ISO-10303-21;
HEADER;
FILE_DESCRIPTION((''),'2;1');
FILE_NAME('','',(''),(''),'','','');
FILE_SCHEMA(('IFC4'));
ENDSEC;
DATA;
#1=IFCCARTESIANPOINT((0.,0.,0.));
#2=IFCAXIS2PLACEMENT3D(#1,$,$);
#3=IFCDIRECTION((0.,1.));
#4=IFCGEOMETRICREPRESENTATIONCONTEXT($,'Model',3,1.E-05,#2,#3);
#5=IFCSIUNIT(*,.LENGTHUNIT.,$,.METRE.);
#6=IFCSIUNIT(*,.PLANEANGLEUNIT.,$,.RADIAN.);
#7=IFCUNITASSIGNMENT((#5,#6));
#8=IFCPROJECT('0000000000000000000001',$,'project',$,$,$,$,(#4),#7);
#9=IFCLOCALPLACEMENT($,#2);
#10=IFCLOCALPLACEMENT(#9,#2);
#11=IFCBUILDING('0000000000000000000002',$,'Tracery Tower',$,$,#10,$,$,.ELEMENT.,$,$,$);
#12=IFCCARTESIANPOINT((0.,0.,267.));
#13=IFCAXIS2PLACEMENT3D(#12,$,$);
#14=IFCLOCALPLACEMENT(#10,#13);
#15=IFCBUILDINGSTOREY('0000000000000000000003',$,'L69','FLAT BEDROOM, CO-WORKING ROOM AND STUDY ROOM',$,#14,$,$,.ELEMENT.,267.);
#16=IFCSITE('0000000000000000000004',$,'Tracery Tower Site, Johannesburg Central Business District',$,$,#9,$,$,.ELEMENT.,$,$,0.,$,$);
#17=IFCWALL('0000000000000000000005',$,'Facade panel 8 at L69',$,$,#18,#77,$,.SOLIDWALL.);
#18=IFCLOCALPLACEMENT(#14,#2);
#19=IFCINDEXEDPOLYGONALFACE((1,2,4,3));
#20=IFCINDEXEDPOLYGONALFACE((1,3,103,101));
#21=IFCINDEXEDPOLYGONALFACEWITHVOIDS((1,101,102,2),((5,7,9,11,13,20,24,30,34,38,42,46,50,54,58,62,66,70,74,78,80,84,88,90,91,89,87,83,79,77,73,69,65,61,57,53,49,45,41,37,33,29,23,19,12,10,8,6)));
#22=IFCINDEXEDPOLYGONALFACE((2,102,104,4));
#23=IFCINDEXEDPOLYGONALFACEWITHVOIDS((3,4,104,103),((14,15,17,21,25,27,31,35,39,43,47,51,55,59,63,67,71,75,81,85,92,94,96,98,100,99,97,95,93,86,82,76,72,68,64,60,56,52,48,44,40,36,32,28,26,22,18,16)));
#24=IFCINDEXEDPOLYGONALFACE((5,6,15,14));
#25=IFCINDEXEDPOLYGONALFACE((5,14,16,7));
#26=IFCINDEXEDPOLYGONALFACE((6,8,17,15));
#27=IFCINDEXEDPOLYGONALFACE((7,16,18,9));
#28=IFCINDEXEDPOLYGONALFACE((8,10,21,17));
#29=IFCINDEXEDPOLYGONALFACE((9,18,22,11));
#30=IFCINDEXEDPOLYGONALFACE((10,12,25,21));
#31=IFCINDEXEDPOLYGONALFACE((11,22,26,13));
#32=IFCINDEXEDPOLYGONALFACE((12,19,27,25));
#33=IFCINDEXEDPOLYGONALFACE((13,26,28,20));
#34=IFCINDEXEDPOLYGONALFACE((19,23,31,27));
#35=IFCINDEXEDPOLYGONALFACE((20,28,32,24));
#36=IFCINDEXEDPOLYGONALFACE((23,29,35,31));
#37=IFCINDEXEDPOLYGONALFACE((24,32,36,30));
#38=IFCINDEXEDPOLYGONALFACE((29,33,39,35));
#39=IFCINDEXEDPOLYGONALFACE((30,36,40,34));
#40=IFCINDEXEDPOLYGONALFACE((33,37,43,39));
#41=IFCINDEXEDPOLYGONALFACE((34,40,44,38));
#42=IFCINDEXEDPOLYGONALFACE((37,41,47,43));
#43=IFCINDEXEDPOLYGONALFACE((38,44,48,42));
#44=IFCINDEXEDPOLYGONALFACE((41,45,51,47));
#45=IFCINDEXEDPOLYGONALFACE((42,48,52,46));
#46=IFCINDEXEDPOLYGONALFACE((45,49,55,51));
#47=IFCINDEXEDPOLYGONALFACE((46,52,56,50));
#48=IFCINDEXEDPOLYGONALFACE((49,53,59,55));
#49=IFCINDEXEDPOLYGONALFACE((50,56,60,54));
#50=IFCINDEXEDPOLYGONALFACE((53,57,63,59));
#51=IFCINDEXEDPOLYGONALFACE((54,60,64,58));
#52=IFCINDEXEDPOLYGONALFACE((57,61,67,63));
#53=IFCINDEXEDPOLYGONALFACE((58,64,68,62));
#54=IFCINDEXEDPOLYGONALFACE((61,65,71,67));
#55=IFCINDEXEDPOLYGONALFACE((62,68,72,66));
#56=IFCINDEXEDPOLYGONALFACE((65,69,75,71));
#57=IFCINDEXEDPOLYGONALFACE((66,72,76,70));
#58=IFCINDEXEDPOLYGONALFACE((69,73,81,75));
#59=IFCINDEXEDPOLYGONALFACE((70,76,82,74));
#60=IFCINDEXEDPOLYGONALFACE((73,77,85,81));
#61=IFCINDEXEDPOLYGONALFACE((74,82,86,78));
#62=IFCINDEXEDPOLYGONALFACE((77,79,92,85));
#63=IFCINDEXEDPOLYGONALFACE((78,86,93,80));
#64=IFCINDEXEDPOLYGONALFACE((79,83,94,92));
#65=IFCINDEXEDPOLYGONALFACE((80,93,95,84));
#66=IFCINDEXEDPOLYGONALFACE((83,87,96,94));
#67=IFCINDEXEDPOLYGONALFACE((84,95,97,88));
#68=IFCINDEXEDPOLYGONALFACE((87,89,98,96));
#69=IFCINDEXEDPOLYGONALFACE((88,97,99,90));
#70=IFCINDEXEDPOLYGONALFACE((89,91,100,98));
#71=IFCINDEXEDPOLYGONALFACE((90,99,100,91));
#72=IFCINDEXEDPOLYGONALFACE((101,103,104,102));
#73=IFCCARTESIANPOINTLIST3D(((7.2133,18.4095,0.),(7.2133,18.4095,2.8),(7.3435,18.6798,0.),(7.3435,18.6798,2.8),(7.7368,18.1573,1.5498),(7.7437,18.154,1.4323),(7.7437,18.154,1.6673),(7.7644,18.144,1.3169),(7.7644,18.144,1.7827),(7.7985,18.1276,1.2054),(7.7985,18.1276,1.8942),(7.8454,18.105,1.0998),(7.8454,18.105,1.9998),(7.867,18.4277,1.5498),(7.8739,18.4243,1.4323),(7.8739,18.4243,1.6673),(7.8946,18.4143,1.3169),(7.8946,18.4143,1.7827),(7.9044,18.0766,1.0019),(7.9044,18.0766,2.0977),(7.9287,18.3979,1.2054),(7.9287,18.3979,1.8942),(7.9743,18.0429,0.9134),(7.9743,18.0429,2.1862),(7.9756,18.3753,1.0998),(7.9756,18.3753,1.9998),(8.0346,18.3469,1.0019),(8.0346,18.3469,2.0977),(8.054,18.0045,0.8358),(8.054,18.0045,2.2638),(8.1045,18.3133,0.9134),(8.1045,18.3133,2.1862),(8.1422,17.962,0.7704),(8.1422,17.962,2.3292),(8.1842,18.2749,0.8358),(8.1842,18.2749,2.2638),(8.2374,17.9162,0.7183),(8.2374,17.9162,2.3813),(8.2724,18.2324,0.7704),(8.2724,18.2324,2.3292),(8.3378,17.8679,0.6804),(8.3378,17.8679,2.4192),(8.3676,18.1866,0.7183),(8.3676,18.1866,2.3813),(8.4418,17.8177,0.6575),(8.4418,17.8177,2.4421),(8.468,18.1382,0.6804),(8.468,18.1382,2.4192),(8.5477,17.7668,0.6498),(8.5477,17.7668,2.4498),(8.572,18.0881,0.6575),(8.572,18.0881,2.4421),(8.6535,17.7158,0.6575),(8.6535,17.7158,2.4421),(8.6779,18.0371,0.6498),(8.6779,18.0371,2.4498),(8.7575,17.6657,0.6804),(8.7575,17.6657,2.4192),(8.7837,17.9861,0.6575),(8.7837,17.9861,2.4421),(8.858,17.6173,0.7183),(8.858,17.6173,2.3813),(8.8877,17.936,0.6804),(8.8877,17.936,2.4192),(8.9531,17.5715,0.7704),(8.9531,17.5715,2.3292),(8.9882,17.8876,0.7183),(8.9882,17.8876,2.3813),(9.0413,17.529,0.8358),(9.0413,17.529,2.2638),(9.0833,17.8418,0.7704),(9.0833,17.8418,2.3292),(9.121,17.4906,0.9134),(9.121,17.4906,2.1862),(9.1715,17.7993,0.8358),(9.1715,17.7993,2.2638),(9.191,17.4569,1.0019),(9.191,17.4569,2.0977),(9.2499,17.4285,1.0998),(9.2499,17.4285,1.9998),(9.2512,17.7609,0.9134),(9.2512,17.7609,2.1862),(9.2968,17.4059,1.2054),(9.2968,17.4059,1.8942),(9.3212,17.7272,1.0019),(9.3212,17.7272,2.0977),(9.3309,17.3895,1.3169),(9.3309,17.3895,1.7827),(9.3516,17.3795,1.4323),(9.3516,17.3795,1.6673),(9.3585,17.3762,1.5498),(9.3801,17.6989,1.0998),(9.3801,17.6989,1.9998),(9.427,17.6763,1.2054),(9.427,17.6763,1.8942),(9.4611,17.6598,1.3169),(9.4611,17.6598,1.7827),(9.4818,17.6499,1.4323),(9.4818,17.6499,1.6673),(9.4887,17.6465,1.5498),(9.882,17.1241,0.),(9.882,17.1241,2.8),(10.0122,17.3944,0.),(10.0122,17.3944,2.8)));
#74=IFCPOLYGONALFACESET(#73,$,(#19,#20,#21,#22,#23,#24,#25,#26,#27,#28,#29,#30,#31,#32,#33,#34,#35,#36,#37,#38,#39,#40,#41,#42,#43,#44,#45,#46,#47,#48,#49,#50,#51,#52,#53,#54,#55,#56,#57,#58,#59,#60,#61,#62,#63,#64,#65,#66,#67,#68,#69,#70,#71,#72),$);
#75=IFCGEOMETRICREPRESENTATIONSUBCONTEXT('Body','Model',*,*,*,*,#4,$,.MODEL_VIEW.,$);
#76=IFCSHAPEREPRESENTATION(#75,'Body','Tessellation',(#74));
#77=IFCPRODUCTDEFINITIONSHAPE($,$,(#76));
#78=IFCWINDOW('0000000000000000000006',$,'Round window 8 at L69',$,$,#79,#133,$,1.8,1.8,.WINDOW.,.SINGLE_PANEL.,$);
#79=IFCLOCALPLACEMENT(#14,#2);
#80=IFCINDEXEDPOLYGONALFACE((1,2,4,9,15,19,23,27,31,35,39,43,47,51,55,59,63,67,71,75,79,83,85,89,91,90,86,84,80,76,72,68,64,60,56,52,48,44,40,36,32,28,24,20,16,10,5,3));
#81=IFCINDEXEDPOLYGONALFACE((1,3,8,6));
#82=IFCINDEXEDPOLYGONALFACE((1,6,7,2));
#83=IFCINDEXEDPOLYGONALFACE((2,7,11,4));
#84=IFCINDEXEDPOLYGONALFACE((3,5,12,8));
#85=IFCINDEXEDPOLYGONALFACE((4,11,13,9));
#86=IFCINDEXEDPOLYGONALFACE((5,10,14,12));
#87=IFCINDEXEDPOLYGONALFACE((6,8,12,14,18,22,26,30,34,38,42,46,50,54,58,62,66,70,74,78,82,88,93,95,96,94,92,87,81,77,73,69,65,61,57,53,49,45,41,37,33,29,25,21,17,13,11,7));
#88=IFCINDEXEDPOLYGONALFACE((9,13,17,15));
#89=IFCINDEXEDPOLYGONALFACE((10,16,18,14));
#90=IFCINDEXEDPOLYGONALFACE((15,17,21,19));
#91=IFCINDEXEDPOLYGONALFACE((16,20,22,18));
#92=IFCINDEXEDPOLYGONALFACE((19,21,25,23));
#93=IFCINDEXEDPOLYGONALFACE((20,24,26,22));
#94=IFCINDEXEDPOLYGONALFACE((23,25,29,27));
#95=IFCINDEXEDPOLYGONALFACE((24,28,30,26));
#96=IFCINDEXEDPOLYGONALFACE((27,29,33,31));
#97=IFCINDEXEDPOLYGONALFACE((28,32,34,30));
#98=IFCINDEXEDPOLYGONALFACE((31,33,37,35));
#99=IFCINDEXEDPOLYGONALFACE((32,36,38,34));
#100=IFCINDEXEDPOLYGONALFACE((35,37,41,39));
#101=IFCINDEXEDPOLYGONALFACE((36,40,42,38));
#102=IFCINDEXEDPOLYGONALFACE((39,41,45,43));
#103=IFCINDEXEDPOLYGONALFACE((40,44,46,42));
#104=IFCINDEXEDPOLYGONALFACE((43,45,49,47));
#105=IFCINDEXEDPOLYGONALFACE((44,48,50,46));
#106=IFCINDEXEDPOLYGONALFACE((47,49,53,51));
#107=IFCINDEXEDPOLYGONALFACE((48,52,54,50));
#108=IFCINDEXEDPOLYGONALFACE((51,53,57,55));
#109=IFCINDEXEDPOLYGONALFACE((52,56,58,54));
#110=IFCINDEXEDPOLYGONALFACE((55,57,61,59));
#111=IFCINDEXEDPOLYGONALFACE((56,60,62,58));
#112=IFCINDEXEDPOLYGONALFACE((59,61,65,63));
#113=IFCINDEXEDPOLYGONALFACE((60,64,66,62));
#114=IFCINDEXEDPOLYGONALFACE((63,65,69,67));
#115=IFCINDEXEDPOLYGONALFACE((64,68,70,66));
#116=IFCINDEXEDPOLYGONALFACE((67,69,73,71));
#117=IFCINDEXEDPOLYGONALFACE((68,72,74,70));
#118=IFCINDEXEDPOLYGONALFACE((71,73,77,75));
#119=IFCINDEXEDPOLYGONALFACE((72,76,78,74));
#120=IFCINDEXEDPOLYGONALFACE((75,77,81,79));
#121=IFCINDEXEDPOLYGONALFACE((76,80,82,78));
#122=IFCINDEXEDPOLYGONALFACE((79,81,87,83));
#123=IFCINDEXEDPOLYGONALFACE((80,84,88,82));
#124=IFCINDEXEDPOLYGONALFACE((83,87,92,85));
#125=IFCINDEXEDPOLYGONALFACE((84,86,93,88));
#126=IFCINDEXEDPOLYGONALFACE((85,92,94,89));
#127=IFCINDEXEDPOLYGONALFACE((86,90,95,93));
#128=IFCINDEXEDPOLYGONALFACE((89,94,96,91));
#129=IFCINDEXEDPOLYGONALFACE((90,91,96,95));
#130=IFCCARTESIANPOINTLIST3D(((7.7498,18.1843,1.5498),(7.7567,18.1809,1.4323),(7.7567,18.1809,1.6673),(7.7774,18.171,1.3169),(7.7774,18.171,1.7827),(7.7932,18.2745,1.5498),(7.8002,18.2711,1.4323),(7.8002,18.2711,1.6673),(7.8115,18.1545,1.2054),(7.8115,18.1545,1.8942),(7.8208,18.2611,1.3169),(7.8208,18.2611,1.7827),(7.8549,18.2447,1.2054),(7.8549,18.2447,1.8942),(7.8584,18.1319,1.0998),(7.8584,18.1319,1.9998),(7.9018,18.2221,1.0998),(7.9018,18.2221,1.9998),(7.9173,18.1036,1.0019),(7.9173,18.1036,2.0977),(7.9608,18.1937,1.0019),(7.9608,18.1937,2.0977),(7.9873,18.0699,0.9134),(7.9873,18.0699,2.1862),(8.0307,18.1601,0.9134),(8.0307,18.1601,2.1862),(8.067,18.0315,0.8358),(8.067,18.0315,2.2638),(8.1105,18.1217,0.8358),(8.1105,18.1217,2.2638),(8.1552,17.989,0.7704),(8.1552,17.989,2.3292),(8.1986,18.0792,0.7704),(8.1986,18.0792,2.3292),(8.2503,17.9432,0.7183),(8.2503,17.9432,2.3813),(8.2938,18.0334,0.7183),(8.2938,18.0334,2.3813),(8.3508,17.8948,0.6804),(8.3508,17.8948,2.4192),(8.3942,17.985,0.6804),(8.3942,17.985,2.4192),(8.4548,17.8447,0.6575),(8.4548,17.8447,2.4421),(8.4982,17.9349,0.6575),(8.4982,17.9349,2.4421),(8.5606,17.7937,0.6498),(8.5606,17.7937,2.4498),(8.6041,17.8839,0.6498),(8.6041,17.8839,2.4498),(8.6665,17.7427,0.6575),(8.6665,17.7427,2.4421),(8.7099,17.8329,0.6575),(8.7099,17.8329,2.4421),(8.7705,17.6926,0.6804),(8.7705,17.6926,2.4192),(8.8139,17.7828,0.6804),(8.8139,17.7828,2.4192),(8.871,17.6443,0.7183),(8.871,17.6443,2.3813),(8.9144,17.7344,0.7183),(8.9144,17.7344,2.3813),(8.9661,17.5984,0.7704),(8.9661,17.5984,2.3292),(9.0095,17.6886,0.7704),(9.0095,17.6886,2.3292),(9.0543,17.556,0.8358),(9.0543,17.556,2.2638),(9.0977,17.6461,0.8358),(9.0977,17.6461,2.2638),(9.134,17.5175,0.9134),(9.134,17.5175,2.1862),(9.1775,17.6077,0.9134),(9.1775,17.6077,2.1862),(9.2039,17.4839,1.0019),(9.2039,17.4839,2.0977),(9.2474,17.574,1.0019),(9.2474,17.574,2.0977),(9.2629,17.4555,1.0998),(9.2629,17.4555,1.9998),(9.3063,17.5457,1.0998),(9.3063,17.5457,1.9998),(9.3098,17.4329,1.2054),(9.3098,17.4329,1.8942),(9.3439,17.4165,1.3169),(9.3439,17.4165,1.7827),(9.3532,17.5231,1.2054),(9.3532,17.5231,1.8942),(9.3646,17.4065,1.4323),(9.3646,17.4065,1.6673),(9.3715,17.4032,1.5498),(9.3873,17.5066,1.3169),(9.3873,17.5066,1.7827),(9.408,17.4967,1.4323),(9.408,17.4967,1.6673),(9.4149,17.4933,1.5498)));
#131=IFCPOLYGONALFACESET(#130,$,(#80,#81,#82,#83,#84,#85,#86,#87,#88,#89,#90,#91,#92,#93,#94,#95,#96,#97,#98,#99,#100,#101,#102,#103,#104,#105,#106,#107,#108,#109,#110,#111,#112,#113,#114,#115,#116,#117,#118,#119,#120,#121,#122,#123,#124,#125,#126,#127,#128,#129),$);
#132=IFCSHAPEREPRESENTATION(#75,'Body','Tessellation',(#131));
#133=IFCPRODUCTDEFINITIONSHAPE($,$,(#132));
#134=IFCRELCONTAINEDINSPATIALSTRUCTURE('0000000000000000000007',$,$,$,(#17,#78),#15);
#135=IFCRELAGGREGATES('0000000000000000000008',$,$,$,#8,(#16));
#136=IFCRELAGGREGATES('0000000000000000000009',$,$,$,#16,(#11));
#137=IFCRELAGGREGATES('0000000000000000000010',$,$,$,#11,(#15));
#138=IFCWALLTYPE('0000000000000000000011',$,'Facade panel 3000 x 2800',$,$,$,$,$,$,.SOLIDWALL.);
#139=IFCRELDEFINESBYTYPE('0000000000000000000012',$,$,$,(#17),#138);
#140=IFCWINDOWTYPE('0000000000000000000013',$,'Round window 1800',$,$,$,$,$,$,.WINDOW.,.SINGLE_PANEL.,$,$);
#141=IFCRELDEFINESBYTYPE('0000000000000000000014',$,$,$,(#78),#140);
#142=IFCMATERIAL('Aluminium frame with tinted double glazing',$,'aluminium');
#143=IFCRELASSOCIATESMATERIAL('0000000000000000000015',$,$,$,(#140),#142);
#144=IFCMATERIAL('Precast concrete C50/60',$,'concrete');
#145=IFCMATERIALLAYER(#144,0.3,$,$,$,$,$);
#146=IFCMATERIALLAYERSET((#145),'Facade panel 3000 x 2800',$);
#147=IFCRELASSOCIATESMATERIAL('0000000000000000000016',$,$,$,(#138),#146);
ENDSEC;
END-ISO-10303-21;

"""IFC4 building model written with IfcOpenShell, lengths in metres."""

from ifc_helpers import new_model, si_unit, direction, frame, frame_2d, origin, origin_2d, place, context, subcontext, project, spatial, rectangle, circle, extrude, material, layer, layer_set, type_object, element, fill, save


model = new_model("IFC4")

# Units and contexts
model_context = context("Model", 3, precision=1e-05, world=origin(), true_north=direction((0.0, 1.0)))
body_context = subcontext(model_context, "Body", "Model", "MODEL_VIEW")
ifc_project = project(units=[si_unit("LENGTHUNIT", "METRE"), si_unit("PLANEANGLEUNIT", "RADIAN")], contexts=[model_context])

# Site, building, storey
site_placement = place(None, origin())
site = spatial("IfcSite", under=ifc_project, at=site_placement, Name="Tracery Tower Site, Johannesburg Central Business District", CompositionType="ELEMENT", RefElevation=0.0)
building_placement = place(site_placement, origin())
building = spatial("IfcBuilding", under=site, at=building_placement, Name="Tracery Tower", CompositionType="ELEMENT")
storey_placement = place(building_placement, frame((0.0, 0.0, 267.0)))
storey = spatial("IfcBuildingStorey", under=building, at=storey_placement, Name="L69", Description="FLAT BEDROOM, CO-WORKING ROOM AND STUDY ROOM", CompositionType="ELEMENT", Elevation=267.0)

# Wall, opening, window
ifc_material_1 = material(Name="Aluminium frame with tinted double glazing", Category="aluminium")
window_type = type_object("IfcWindowType", Name="Round window 1800", PartitioningType="SINGLE_PANEL", PredefinedType="WINDOW", material=ifc_material_1)
ifc_material_2 = material(Name="Precast concrete C50/60", Category="concrete")
ifc_layer_1 = layer(ifc_material_2, 0.3)
ifc_layer_set_1 = layer_set([ifc_layer_1], Name="Facade panel 3000 x 2800")
wall_type_1 = type_object("IfcWallType", Name="Facade panel 3000 x 2800", PredefinedType="SOLIDWALL", material=ifc_layer_set_1)
wall_1_placement = place(storey_placement, frame((9.947, 17.2593, 0.0), z_axis=(0.0, 0.0, 1.0), x_axis=(-0.90094, 0.433944, 0.0)))
wall_1 = element("IfcWall", 1, at=wall_1_placement, inside=storey, type_object=wall_type_1, Name="Facade panel 8 at L69", PredefinedType="SOLIDWALL", context=body_context, shape_type="SweptSolid", body=[
    extrude(rectangle(XDim=2.9622, YDim=0.3, at=frame_2d((1.481, 0.0))), origin(), (0.0, 0.0, 1.0), 2.8),
])
opening_1_placement = place(wall_1_placement, frame((1.481, 0.0, 1.5498)))
opening_1 = element("IfcOpeningElement", 2, at=opening_1_placement, cuts=wall_1, PredefinedType="OPENING", context=body_context, shape_type="SweptSolid", body=[
    extrude(circle(Radius=0.9, at=origin_2d()), frame((0.0, 0.1599, 0.0), z_axis=(0.0, -1.0, 0.0), x_axis=(1.0, 0.0, 0.0)), (0.0, 0.0, 1.0), 0.3201),
])
window_1_placement = place(opening_1_placement, origin())
window_1 = element("IfcWindow", 3, at=window_1_placement, inside=storey, type_object=window_type, Name="Round window 8 at L69", OverallHeight=1.8, OverallWidth=1.8, PartitioningType="SINGLE_PANEL", PredefinedType="WINDOW", context=body_context, shape_type="SweptSolid", body=[
    extrude(circle(Radius=0.9, at=origin_2d()), frame((0.0, 0.1201, 0.0), z_axis=(0.0, -1.0, 0.0), x_axis=(1.0, 0.0, 0.0)), (0.0, 0.0, 1.0), 0.1001),
])
fill(opening_1, window_1)

save(model, "model.ifc")
